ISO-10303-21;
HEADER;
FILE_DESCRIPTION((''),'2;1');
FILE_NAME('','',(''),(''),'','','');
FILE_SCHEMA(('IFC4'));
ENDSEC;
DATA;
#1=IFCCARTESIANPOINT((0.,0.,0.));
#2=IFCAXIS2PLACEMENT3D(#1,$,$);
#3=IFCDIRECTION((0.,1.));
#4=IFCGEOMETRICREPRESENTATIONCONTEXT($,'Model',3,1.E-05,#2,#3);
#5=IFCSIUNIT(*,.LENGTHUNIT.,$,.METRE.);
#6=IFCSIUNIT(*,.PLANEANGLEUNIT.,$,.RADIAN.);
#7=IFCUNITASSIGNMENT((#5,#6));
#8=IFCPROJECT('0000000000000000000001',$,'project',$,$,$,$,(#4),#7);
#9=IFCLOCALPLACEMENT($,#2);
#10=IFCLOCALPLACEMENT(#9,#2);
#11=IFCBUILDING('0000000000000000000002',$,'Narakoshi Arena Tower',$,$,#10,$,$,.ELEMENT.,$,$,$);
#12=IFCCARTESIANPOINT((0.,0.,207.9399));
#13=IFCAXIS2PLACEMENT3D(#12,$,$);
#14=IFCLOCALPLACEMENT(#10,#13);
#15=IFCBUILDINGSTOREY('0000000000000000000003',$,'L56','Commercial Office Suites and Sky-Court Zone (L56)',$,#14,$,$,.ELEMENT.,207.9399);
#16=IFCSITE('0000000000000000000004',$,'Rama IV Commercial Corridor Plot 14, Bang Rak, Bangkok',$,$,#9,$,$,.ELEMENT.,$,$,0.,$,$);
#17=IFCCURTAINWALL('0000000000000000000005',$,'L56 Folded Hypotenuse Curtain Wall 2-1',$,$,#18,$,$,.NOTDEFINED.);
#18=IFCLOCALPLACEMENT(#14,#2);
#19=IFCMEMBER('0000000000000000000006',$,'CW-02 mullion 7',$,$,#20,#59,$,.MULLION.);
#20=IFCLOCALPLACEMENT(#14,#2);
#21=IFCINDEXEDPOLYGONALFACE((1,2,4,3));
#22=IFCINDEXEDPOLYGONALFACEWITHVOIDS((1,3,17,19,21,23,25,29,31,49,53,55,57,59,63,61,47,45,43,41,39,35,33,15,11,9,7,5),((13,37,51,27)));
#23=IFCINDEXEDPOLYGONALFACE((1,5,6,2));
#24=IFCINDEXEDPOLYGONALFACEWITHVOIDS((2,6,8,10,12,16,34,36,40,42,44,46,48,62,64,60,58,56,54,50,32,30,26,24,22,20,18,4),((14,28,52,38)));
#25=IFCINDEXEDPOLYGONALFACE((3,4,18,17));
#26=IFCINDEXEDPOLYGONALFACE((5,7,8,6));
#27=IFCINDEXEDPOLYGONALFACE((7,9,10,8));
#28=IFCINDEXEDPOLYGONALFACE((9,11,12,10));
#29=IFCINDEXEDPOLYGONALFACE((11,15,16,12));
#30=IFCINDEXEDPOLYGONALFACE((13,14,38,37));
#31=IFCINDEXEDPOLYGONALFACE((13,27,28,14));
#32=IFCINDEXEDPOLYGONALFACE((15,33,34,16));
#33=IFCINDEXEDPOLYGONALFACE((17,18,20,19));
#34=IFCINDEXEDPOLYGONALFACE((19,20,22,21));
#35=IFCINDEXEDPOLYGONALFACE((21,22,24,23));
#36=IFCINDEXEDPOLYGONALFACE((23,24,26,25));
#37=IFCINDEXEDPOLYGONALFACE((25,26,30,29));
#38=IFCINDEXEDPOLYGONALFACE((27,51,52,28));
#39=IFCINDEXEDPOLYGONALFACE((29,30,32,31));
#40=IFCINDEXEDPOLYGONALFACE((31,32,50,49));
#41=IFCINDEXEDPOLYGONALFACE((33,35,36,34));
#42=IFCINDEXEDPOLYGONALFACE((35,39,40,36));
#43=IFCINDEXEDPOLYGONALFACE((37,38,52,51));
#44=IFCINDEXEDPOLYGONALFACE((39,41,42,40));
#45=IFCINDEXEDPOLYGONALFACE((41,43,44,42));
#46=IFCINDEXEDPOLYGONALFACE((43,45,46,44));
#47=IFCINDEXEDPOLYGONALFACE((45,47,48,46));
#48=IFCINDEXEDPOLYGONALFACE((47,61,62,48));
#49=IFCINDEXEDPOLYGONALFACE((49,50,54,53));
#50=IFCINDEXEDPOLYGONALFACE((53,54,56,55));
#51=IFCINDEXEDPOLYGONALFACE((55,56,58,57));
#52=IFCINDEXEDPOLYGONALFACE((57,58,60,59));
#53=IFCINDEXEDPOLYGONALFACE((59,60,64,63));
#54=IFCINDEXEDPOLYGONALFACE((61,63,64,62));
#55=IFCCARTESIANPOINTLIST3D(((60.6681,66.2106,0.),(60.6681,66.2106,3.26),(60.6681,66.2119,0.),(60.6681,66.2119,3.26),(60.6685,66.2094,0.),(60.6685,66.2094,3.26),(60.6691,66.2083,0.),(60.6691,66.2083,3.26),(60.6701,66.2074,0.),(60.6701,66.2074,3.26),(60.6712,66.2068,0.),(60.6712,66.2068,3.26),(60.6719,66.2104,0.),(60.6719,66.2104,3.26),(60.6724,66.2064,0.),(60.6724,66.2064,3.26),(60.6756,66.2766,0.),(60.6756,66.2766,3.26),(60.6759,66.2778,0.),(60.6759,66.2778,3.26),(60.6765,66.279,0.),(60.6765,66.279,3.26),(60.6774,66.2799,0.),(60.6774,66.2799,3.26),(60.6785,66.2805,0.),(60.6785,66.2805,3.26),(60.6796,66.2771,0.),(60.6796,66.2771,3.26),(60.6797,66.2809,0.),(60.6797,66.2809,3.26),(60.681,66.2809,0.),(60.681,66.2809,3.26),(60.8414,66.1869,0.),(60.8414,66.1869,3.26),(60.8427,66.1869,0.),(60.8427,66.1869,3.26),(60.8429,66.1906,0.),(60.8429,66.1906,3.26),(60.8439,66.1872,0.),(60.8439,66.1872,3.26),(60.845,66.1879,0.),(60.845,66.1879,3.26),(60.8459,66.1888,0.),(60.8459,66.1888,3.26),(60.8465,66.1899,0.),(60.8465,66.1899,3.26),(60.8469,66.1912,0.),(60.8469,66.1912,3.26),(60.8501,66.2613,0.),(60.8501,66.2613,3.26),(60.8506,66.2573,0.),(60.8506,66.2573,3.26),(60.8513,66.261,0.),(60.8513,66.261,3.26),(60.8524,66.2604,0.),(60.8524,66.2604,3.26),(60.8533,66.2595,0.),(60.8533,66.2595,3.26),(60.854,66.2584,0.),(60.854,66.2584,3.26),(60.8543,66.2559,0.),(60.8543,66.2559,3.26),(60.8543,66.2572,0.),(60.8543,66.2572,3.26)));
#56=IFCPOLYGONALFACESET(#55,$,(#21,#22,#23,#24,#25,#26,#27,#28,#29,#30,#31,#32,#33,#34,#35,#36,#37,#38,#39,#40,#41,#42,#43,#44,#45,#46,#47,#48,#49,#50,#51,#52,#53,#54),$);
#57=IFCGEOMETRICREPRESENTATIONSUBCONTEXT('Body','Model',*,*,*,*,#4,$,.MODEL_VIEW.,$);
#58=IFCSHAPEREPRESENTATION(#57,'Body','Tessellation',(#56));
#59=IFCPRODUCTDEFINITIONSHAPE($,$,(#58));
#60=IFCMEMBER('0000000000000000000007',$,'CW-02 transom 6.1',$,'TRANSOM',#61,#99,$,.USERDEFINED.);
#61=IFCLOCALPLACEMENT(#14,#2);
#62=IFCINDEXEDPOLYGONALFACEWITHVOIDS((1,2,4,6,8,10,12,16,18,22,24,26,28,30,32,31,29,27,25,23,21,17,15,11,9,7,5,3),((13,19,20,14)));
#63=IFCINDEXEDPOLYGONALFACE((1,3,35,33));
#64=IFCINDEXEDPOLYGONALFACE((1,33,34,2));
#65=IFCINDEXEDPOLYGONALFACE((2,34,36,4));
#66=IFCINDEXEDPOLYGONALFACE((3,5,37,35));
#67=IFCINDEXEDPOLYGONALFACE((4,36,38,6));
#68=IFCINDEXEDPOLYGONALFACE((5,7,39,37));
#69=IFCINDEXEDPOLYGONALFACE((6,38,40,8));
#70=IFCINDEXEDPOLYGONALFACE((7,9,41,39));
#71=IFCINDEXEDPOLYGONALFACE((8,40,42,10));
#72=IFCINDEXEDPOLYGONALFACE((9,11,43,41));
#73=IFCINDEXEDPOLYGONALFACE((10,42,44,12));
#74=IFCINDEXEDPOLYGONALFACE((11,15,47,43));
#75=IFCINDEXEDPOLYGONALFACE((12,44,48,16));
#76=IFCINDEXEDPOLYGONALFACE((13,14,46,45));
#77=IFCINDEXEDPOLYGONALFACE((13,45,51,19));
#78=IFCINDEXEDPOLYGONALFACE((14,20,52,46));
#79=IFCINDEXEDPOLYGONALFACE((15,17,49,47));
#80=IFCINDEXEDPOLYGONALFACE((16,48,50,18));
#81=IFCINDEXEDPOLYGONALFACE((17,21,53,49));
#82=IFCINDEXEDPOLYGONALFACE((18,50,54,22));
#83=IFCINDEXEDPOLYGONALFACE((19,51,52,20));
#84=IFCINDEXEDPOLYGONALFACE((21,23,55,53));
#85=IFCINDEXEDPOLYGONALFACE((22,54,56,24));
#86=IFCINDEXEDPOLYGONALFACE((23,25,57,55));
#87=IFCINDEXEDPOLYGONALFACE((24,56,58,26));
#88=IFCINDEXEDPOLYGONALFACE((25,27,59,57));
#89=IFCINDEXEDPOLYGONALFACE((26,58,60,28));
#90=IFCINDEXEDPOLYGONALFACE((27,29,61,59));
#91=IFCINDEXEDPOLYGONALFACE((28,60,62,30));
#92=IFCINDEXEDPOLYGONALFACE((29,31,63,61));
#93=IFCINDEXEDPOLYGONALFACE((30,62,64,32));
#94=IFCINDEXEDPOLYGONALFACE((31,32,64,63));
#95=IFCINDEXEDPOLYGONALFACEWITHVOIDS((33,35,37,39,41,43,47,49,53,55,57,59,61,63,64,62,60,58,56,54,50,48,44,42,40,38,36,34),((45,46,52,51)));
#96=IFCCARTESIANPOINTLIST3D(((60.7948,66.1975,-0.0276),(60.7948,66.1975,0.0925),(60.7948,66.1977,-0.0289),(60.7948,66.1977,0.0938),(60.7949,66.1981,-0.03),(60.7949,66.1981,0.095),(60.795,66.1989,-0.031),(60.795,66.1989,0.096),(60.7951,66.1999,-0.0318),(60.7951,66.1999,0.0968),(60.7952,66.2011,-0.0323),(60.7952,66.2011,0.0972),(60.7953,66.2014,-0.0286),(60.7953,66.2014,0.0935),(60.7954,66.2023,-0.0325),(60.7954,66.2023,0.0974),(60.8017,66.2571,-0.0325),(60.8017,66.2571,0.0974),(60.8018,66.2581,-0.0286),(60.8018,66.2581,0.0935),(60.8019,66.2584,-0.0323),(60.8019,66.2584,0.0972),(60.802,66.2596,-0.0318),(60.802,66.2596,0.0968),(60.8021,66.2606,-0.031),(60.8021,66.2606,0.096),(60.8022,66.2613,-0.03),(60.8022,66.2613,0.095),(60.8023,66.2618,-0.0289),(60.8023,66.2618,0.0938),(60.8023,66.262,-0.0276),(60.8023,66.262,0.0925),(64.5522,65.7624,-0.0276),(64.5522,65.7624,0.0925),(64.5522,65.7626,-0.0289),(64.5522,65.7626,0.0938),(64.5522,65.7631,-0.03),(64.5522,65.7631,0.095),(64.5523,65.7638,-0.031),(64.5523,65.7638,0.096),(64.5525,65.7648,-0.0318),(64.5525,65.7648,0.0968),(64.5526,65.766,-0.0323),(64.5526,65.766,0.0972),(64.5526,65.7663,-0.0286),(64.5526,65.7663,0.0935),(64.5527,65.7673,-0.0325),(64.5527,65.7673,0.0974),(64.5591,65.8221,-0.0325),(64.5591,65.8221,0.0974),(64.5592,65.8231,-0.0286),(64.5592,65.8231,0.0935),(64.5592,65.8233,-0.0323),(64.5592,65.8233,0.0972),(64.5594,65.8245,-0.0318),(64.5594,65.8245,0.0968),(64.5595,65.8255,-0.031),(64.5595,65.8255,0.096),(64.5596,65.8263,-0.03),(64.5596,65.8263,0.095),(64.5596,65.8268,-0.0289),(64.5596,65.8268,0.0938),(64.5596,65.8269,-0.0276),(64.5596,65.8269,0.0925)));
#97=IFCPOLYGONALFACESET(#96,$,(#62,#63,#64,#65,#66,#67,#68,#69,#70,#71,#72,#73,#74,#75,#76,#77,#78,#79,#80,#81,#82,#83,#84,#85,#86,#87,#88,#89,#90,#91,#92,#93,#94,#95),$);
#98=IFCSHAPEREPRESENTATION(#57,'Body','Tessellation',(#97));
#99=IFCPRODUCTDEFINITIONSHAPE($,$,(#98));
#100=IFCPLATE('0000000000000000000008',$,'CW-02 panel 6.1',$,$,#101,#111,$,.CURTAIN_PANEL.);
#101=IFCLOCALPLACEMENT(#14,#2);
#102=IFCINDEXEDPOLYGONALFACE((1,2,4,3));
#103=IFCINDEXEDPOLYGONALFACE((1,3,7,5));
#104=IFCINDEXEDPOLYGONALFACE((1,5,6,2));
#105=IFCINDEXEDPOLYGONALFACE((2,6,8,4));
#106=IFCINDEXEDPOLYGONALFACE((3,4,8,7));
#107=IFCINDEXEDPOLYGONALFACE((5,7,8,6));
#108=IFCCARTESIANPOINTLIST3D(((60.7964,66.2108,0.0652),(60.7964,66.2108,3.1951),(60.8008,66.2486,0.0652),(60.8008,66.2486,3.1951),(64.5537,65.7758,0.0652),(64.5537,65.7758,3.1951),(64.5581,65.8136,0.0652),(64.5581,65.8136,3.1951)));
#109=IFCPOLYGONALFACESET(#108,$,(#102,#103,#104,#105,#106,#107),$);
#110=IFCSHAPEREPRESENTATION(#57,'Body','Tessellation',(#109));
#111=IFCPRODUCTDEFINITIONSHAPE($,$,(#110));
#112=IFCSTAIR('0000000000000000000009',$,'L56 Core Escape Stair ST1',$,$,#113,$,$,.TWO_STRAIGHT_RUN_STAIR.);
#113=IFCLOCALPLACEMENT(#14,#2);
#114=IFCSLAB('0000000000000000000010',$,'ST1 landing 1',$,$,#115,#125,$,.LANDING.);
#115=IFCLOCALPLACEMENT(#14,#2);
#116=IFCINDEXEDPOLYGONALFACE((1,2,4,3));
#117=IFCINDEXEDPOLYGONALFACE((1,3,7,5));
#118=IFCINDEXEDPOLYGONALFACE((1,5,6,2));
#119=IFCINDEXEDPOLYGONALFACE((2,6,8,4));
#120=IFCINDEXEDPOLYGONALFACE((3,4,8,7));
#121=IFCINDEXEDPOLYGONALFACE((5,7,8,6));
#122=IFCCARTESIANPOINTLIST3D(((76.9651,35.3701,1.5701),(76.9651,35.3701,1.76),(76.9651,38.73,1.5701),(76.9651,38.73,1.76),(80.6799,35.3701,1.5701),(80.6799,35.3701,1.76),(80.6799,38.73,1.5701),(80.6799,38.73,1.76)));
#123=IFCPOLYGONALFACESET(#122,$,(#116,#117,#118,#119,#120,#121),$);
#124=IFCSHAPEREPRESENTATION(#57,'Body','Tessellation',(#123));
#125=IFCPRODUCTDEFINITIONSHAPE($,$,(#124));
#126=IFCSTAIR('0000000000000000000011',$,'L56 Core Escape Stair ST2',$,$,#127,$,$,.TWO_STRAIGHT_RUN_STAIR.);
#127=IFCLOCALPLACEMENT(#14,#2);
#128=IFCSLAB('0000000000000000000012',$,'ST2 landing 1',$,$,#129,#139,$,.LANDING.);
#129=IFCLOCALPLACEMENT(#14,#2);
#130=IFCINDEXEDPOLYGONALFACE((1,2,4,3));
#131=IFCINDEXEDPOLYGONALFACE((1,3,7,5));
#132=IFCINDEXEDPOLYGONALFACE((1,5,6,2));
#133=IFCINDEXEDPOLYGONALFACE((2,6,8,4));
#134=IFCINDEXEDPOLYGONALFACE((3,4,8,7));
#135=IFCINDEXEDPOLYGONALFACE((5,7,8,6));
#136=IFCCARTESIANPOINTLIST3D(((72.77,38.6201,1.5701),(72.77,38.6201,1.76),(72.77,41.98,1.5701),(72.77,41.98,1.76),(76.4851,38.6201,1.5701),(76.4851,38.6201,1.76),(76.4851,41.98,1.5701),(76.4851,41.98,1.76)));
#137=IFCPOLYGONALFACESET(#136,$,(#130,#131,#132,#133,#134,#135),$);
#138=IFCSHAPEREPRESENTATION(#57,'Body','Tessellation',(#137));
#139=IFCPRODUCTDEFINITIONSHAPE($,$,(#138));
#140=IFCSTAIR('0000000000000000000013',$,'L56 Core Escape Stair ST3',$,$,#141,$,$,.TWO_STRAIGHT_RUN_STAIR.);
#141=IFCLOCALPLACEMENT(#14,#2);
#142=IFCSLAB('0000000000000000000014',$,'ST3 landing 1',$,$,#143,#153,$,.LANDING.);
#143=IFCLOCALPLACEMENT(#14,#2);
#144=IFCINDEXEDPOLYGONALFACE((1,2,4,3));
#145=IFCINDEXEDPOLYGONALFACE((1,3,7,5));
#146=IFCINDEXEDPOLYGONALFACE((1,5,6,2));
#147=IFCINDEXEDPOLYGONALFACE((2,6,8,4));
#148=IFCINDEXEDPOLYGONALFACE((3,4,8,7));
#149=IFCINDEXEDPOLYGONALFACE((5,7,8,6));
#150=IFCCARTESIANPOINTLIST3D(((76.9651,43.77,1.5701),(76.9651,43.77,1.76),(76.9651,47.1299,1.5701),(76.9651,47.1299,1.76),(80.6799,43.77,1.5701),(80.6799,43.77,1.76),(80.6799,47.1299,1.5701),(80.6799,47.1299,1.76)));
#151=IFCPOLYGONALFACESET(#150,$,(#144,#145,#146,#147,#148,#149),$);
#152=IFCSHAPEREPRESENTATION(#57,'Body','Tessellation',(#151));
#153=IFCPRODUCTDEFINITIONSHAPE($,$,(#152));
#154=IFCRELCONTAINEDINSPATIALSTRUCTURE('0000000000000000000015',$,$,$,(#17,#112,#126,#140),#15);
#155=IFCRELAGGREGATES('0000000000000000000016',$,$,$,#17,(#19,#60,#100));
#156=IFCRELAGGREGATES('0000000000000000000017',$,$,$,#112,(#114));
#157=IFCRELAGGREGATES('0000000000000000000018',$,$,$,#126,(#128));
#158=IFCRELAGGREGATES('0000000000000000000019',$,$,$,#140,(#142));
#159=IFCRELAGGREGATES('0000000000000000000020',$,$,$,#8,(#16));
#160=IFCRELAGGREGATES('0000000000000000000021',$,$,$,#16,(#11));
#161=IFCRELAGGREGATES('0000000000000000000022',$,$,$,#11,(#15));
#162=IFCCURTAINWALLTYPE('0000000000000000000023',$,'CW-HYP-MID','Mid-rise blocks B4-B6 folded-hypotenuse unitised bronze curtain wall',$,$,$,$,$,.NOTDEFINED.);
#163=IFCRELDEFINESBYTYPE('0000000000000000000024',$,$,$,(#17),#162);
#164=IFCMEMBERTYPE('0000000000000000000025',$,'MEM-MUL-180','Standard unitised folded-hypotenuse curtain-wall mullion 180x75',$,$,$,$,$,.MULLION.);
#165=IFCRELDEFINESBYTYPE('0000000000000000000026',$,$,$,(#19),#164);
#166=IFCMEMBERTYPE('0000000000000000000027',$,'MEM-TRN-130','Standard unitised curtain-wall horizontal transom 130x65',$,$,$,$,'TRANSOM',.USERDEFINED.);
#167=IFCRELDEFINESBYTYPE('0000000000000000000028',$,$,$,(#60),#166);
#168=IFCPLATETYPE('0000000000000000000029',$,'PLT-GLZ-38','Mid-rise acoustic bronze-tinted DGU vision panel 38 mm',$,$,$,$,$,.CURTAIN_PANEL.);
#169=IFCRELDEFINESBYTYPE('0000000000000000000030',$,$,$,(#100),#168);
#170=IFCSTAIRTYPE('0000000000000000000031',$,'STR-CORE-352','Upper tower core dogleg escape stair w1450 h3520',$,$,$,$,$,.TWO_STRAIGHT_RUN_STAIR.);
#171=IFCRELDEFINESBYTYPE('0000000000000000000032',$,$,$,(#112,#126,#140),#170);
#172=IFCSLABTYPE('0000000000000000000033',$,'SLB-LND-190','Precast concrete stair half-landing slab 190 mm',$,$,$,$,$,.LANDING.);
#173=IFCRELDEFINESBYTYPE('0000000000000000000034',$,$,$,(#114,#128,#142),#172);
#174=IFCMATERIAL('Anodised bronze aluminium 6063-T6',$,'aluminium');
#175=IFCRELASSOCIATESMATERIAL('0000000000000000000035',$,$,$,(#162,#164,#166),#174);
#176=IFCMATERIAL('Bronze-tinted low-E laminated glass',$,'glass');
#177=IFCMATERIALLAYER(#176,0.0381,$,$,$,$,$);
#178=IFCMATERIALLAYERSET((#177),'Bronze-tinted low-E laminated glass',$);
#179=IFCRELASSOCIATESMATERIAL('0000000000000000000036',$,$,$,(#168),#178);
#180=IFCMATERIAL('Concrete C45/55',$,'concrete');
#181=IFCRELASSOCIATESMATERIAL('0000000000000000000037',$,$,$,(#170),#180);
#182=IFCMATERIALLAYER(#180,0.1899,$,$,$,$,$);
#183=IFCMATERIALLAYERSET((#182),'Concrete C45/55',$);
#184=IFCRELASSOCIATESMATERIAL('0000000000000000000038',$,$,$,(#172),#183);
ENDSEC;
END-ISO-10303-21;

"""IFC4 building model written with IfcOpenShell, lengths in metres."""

from ifc_helpers import new_model, si_unit, direction, frame, origin, origin_2d, place, context, subcontext, project, spatial, polyline, rectangle, hollow_rectangle, outline, extrude, material, layer, layer_set, material_profile, profile_set, type_object, element, aggregate, save


model = new_model("IFC4")

# Units and contexts
model_context = context("Model", 3, precision=1e-05, world=origin(), true_north=direction((0.0, 1.0)))
body_context = subcontext(model_context, "Body", "Model", "MODEL_VIEW")
ifc_project = project(units=[si_unit("LENGTHUNIT", "METRE"), si_unit("PLANEANGLEUNIT", "RADIAN")], contexts=[model_context])

# Site, building, storey
site_placement = place(None, origin())
site = spatial("IfcSite", under=ifc_project, at=site_placement, Name="Rama IV Commercial Corridor Plot 14, Bang Rak, Bangkok", CompositionType="ELEMENT", RefElevation=0.0)
building_placement = place(site_placement, origin())
building = spatial("IfcBuilding", under=site, at=building_placement, Name="Narakoshi Arena Tower", CompositionType="ELEMENT")
storey_placement = place(building_placement, frame((0.0, 0.0, 207.9399)))
storey = spatial("IfcBuildingStorey", under=building, at=storey_placement, Name="L56", Description="Commercial Office Suites and Sky-Court Zone (L56)", CompositionType="ELEMENT", Elevation=207.9399)

# Curtain wall, members, plate
ifc_material_1 = material(Name="Anodised bronze aluminium 6063-T6", Category="aluminium")
curtain_wall_type = type_object("IfcCurtainWallType", Name="CW-HYP-MID", Description="Mid-rise blocks B4-B6 folded-hypotenuse unitised bronze curtain wall", PredefinedType="NOTDEFINED", material=ifc_material_1)
curtain_wall_placement = place(storey_placement, origin())
curtain_wall = element("IfcCurtainWall", 1, at=curtain_wall_placement, inside=storey, type_object=curtain_wall_type, Name="L56 Folded Hypotenuse Curtain Wall 2-1", PredefinedType="NOTDEFINED")
ifc_material_profile_1 = material_profile(ifc_material_1, hollow_rectangle(XDim=0.075, YDim=0.1799, WallThickness=0.0039, OuterFilletRadius=0.0049, at=origin_2d()), Name="MUL180x75x4")
ifc_profile_set_1 = profile_set([ifc_material_profile_1], Name="Anodised bronze aluminium 6063-T6")
member_type_1 = type_object("IfcMemberType", Name="MEM-MUL-180", Description="Standard unitised folded-hypotenuse curtain-wall mullion 180x75", PredefinedType="MULLION", material=ifc_profile_set_1)
member_1_placement = place(storey_placement, frame((60.7612, 66.2339, 0.0), z_axis=(0.0, 0.0, 1.0), x_axis=(-0.115011, -0.993364, 0.0)))
member_1 = element("IfcMember", 2, at=member_1_placement, type_object=member_type_1, Name="CW-02 mullion 7", PredefinedType="MULLION", context=body_context, shape_type="SweptSolid", body=[
    extrude(hollow_rectangle(XDim=0.075, YDim=0.1799, WallThickness=0.0039, OuterFilletRadius=0.0049, at=origin_2d()), origin(), (0.0, 0.0, 1.0), 3.26),
])
ifc_material_profile_2 = material_profile(ifc_material_1, hollow_rectangle(XDim=0.0649, YDim=0.1299, WallThickness=0.0039, OuterFilletRadius=0.0049, at=origin_2d()), Name="TRN130x65x4")
ifc_profile_set_2 = profile_set([ifc_material_profile_2], Name="Anodised bronze aluminium 6063-T6")
member_type_2 = type_object("IfcMemberType", Name="MEM-TRN-130", Description="Standard unitised curtain-wall horizontal transom 130x65", ElementType="TRANSOM", PredefinedType="USERDEFINED", material=ifc_profile_set_2)
member_2_placement = place(storey_placement, frame((64.5559, 65.7947, 0.0325), z_axis=(-0.993363, 0.115021, 0.0), x_axis=(-0.115021, -0.993363, 0.0)))
member_2 = element("IfcMember", 3, at=member_2_placement, type_object=member_type_2, Name="CW-02 transom 6.1", ObjectType="TRANSOM", PredefinedType="USERDEFINED", context=body_context, shape_type="SweptSolid", body=[
    extrude(hollow_rectangle(XDim=0.0649, YDim=0.1299, WallThickness=0.0039, OuterFilletRadius=0.0049, at=origin_2d()), origin(), (0.0, 0.0, 1.0), 3.7825),
])
ifc_material_2 = material(Name="Bronze-tinted low-E laminated glass", Category="glass")
ifc_layer_1 = layer(ifc_material_2, 0.0381)
ifc_layer_set_1 = layer_set([ifc_layer_1], Name="Bronze-tinted low-E laminated glass")
plate_type = type_object("IfcPlateType", Name="PLT-GLZ-38", Description="Mid-rise acoustic bronze-tinted DGU vision panel 38 mm", PredefinedType="CURTAIN_PANEL", material=ifc_layer_set_1)
plate_placement = place(storey_placement, frame((62.6772, 66.0122, 0.0652), z_axis=(0.0, 0.0, 1.0), x_axis=(-0.993364, 0.115011, 0.0)))
plate = element("IfcPlate", 4, at=plate_placement, type_object=plate_type, Name="CW-02 panel 6.1", PredefinedType="CURTAIN_PANEL", context=body_context, shape_type="SweptSolid", body=[
    extrude(rectangle(XDim=3.7825, YDim=0.0381, at=origin_2d()), origin(), (0.0, 0.0, 1.0), 3.1299),
])
aggregate(curtain_wall, [member_1, member_2, plate])

# Stairs, slabs
ifc_material_3 = material(Name="Concrete C45/55", Category="concrete")
stair_type = type_object("IfcStairType", Name="STR-CORE-352", Description="Upper tower core dogleg escape stair w1450 h3520", PredefinedType="TWO_STRAIGHT_RUN_STAIR", material=ifc_material_3)
stair_1_placement = place(storey_placement, origin())
stair_1 = element("IfcStair", 5, at=stair_1_placement, inside=storey, type_object=stair_type, Name="L56 Core Escape Stair ST1", PredefinedType="TWO_STRAIGHT_RUN_STAIR")
ifc_layer_2 = layer(ifc_material_3, 0.1899)
ifc_layer_set_2 = layer_set([ifc_layer_2], Name="Concrete C45/55")
slab_type_1 = type_object("IfcSlabType", Name="SLB-LND-190", Description="Precast concrete stair half-landing slab 190 mm", PredefinedType="LANDING", material=ifc_layer_set_2)
slab_1_placement = place(storey_placement, frame((0.0, 0.0, 1.5701)))
slab_1 = element("IfcSlab", 6, at=slab_1_placement, type_object=slab_type_1, Name="ST1 landing 1", PredefinedType="LANDING", context=body_context, shape_type="SweptSolid", body=[
    extrude(outline(polyline([(76.9651, 35.3701), (80.6799, 35.3701), (80.6799, 38.73), (76.9651, 38.73), (76.9651, 35.3701)])), origin(), (0.0, 0.0, 1.0), 0.1899),
])
aggregate(stair_1, [slab_1])
stair_2_placement = place(storey_placement, origin())
stair_2 = element("IfcStair", 7, at=stair_2_placement, inside=storey, type_object=stair_type, Name="L56 Core Escape Stair ST2", PredefinedType="TWO_STRAIGHT_RUN_STAIR")
slab_2_placement = place(storey_placement, frame((0.0, 0.0, 1.5701)))
slab_2 = element("IfcSlab", 8, at=slab_2_placement, type_object=slab_type_1, Name="ST2 landing 1", PredefinedType="LANDING", context=body_context, shape_type="SweptSolid", body=[
    extrude(outline(polyline([(72.77, 38.6201), (76.4851, 38.6201), (76.4851, 41.98), (72.77, 41.98), (72.77, 38.6201)])), origin(), (0.0, 0.0, 1.0), 0.1899),
])
aggregate(stair_2, [slab_2])
stair_3_placement = place(storey_placement, origin())
stair_3 = element("IfcStair", 9, at=stair_3_placement, inside=storey, type_object=stair_type, Name="L56 Core Escape Stair ST3", PredefinedType="TWO_STRAIGHT_RUN_STAIR")
slab_3_placement = place(storey_placement, frame((0.0, 0.0, 1.5701)))
slab_3 = element("IfcSlab", 10, at=slab_3_placement, type_object=slab_type_1, Name="ST3 landing 1", PredefinedType="LANDING", context=body_context, shape_type="SweptSolid", body=[
    extrude(outline(polyline([(76.9651, 43.77), (80.6799, 43.77), (80.6799, 47.1299), (76.9651, 47.1299), (76.9651, 43.77)])), origin(), (0.0, 0.0, 1.0), 0.1899),
])
aggregate(stair_3, [slab_3])

save(model, "model.ifc")
